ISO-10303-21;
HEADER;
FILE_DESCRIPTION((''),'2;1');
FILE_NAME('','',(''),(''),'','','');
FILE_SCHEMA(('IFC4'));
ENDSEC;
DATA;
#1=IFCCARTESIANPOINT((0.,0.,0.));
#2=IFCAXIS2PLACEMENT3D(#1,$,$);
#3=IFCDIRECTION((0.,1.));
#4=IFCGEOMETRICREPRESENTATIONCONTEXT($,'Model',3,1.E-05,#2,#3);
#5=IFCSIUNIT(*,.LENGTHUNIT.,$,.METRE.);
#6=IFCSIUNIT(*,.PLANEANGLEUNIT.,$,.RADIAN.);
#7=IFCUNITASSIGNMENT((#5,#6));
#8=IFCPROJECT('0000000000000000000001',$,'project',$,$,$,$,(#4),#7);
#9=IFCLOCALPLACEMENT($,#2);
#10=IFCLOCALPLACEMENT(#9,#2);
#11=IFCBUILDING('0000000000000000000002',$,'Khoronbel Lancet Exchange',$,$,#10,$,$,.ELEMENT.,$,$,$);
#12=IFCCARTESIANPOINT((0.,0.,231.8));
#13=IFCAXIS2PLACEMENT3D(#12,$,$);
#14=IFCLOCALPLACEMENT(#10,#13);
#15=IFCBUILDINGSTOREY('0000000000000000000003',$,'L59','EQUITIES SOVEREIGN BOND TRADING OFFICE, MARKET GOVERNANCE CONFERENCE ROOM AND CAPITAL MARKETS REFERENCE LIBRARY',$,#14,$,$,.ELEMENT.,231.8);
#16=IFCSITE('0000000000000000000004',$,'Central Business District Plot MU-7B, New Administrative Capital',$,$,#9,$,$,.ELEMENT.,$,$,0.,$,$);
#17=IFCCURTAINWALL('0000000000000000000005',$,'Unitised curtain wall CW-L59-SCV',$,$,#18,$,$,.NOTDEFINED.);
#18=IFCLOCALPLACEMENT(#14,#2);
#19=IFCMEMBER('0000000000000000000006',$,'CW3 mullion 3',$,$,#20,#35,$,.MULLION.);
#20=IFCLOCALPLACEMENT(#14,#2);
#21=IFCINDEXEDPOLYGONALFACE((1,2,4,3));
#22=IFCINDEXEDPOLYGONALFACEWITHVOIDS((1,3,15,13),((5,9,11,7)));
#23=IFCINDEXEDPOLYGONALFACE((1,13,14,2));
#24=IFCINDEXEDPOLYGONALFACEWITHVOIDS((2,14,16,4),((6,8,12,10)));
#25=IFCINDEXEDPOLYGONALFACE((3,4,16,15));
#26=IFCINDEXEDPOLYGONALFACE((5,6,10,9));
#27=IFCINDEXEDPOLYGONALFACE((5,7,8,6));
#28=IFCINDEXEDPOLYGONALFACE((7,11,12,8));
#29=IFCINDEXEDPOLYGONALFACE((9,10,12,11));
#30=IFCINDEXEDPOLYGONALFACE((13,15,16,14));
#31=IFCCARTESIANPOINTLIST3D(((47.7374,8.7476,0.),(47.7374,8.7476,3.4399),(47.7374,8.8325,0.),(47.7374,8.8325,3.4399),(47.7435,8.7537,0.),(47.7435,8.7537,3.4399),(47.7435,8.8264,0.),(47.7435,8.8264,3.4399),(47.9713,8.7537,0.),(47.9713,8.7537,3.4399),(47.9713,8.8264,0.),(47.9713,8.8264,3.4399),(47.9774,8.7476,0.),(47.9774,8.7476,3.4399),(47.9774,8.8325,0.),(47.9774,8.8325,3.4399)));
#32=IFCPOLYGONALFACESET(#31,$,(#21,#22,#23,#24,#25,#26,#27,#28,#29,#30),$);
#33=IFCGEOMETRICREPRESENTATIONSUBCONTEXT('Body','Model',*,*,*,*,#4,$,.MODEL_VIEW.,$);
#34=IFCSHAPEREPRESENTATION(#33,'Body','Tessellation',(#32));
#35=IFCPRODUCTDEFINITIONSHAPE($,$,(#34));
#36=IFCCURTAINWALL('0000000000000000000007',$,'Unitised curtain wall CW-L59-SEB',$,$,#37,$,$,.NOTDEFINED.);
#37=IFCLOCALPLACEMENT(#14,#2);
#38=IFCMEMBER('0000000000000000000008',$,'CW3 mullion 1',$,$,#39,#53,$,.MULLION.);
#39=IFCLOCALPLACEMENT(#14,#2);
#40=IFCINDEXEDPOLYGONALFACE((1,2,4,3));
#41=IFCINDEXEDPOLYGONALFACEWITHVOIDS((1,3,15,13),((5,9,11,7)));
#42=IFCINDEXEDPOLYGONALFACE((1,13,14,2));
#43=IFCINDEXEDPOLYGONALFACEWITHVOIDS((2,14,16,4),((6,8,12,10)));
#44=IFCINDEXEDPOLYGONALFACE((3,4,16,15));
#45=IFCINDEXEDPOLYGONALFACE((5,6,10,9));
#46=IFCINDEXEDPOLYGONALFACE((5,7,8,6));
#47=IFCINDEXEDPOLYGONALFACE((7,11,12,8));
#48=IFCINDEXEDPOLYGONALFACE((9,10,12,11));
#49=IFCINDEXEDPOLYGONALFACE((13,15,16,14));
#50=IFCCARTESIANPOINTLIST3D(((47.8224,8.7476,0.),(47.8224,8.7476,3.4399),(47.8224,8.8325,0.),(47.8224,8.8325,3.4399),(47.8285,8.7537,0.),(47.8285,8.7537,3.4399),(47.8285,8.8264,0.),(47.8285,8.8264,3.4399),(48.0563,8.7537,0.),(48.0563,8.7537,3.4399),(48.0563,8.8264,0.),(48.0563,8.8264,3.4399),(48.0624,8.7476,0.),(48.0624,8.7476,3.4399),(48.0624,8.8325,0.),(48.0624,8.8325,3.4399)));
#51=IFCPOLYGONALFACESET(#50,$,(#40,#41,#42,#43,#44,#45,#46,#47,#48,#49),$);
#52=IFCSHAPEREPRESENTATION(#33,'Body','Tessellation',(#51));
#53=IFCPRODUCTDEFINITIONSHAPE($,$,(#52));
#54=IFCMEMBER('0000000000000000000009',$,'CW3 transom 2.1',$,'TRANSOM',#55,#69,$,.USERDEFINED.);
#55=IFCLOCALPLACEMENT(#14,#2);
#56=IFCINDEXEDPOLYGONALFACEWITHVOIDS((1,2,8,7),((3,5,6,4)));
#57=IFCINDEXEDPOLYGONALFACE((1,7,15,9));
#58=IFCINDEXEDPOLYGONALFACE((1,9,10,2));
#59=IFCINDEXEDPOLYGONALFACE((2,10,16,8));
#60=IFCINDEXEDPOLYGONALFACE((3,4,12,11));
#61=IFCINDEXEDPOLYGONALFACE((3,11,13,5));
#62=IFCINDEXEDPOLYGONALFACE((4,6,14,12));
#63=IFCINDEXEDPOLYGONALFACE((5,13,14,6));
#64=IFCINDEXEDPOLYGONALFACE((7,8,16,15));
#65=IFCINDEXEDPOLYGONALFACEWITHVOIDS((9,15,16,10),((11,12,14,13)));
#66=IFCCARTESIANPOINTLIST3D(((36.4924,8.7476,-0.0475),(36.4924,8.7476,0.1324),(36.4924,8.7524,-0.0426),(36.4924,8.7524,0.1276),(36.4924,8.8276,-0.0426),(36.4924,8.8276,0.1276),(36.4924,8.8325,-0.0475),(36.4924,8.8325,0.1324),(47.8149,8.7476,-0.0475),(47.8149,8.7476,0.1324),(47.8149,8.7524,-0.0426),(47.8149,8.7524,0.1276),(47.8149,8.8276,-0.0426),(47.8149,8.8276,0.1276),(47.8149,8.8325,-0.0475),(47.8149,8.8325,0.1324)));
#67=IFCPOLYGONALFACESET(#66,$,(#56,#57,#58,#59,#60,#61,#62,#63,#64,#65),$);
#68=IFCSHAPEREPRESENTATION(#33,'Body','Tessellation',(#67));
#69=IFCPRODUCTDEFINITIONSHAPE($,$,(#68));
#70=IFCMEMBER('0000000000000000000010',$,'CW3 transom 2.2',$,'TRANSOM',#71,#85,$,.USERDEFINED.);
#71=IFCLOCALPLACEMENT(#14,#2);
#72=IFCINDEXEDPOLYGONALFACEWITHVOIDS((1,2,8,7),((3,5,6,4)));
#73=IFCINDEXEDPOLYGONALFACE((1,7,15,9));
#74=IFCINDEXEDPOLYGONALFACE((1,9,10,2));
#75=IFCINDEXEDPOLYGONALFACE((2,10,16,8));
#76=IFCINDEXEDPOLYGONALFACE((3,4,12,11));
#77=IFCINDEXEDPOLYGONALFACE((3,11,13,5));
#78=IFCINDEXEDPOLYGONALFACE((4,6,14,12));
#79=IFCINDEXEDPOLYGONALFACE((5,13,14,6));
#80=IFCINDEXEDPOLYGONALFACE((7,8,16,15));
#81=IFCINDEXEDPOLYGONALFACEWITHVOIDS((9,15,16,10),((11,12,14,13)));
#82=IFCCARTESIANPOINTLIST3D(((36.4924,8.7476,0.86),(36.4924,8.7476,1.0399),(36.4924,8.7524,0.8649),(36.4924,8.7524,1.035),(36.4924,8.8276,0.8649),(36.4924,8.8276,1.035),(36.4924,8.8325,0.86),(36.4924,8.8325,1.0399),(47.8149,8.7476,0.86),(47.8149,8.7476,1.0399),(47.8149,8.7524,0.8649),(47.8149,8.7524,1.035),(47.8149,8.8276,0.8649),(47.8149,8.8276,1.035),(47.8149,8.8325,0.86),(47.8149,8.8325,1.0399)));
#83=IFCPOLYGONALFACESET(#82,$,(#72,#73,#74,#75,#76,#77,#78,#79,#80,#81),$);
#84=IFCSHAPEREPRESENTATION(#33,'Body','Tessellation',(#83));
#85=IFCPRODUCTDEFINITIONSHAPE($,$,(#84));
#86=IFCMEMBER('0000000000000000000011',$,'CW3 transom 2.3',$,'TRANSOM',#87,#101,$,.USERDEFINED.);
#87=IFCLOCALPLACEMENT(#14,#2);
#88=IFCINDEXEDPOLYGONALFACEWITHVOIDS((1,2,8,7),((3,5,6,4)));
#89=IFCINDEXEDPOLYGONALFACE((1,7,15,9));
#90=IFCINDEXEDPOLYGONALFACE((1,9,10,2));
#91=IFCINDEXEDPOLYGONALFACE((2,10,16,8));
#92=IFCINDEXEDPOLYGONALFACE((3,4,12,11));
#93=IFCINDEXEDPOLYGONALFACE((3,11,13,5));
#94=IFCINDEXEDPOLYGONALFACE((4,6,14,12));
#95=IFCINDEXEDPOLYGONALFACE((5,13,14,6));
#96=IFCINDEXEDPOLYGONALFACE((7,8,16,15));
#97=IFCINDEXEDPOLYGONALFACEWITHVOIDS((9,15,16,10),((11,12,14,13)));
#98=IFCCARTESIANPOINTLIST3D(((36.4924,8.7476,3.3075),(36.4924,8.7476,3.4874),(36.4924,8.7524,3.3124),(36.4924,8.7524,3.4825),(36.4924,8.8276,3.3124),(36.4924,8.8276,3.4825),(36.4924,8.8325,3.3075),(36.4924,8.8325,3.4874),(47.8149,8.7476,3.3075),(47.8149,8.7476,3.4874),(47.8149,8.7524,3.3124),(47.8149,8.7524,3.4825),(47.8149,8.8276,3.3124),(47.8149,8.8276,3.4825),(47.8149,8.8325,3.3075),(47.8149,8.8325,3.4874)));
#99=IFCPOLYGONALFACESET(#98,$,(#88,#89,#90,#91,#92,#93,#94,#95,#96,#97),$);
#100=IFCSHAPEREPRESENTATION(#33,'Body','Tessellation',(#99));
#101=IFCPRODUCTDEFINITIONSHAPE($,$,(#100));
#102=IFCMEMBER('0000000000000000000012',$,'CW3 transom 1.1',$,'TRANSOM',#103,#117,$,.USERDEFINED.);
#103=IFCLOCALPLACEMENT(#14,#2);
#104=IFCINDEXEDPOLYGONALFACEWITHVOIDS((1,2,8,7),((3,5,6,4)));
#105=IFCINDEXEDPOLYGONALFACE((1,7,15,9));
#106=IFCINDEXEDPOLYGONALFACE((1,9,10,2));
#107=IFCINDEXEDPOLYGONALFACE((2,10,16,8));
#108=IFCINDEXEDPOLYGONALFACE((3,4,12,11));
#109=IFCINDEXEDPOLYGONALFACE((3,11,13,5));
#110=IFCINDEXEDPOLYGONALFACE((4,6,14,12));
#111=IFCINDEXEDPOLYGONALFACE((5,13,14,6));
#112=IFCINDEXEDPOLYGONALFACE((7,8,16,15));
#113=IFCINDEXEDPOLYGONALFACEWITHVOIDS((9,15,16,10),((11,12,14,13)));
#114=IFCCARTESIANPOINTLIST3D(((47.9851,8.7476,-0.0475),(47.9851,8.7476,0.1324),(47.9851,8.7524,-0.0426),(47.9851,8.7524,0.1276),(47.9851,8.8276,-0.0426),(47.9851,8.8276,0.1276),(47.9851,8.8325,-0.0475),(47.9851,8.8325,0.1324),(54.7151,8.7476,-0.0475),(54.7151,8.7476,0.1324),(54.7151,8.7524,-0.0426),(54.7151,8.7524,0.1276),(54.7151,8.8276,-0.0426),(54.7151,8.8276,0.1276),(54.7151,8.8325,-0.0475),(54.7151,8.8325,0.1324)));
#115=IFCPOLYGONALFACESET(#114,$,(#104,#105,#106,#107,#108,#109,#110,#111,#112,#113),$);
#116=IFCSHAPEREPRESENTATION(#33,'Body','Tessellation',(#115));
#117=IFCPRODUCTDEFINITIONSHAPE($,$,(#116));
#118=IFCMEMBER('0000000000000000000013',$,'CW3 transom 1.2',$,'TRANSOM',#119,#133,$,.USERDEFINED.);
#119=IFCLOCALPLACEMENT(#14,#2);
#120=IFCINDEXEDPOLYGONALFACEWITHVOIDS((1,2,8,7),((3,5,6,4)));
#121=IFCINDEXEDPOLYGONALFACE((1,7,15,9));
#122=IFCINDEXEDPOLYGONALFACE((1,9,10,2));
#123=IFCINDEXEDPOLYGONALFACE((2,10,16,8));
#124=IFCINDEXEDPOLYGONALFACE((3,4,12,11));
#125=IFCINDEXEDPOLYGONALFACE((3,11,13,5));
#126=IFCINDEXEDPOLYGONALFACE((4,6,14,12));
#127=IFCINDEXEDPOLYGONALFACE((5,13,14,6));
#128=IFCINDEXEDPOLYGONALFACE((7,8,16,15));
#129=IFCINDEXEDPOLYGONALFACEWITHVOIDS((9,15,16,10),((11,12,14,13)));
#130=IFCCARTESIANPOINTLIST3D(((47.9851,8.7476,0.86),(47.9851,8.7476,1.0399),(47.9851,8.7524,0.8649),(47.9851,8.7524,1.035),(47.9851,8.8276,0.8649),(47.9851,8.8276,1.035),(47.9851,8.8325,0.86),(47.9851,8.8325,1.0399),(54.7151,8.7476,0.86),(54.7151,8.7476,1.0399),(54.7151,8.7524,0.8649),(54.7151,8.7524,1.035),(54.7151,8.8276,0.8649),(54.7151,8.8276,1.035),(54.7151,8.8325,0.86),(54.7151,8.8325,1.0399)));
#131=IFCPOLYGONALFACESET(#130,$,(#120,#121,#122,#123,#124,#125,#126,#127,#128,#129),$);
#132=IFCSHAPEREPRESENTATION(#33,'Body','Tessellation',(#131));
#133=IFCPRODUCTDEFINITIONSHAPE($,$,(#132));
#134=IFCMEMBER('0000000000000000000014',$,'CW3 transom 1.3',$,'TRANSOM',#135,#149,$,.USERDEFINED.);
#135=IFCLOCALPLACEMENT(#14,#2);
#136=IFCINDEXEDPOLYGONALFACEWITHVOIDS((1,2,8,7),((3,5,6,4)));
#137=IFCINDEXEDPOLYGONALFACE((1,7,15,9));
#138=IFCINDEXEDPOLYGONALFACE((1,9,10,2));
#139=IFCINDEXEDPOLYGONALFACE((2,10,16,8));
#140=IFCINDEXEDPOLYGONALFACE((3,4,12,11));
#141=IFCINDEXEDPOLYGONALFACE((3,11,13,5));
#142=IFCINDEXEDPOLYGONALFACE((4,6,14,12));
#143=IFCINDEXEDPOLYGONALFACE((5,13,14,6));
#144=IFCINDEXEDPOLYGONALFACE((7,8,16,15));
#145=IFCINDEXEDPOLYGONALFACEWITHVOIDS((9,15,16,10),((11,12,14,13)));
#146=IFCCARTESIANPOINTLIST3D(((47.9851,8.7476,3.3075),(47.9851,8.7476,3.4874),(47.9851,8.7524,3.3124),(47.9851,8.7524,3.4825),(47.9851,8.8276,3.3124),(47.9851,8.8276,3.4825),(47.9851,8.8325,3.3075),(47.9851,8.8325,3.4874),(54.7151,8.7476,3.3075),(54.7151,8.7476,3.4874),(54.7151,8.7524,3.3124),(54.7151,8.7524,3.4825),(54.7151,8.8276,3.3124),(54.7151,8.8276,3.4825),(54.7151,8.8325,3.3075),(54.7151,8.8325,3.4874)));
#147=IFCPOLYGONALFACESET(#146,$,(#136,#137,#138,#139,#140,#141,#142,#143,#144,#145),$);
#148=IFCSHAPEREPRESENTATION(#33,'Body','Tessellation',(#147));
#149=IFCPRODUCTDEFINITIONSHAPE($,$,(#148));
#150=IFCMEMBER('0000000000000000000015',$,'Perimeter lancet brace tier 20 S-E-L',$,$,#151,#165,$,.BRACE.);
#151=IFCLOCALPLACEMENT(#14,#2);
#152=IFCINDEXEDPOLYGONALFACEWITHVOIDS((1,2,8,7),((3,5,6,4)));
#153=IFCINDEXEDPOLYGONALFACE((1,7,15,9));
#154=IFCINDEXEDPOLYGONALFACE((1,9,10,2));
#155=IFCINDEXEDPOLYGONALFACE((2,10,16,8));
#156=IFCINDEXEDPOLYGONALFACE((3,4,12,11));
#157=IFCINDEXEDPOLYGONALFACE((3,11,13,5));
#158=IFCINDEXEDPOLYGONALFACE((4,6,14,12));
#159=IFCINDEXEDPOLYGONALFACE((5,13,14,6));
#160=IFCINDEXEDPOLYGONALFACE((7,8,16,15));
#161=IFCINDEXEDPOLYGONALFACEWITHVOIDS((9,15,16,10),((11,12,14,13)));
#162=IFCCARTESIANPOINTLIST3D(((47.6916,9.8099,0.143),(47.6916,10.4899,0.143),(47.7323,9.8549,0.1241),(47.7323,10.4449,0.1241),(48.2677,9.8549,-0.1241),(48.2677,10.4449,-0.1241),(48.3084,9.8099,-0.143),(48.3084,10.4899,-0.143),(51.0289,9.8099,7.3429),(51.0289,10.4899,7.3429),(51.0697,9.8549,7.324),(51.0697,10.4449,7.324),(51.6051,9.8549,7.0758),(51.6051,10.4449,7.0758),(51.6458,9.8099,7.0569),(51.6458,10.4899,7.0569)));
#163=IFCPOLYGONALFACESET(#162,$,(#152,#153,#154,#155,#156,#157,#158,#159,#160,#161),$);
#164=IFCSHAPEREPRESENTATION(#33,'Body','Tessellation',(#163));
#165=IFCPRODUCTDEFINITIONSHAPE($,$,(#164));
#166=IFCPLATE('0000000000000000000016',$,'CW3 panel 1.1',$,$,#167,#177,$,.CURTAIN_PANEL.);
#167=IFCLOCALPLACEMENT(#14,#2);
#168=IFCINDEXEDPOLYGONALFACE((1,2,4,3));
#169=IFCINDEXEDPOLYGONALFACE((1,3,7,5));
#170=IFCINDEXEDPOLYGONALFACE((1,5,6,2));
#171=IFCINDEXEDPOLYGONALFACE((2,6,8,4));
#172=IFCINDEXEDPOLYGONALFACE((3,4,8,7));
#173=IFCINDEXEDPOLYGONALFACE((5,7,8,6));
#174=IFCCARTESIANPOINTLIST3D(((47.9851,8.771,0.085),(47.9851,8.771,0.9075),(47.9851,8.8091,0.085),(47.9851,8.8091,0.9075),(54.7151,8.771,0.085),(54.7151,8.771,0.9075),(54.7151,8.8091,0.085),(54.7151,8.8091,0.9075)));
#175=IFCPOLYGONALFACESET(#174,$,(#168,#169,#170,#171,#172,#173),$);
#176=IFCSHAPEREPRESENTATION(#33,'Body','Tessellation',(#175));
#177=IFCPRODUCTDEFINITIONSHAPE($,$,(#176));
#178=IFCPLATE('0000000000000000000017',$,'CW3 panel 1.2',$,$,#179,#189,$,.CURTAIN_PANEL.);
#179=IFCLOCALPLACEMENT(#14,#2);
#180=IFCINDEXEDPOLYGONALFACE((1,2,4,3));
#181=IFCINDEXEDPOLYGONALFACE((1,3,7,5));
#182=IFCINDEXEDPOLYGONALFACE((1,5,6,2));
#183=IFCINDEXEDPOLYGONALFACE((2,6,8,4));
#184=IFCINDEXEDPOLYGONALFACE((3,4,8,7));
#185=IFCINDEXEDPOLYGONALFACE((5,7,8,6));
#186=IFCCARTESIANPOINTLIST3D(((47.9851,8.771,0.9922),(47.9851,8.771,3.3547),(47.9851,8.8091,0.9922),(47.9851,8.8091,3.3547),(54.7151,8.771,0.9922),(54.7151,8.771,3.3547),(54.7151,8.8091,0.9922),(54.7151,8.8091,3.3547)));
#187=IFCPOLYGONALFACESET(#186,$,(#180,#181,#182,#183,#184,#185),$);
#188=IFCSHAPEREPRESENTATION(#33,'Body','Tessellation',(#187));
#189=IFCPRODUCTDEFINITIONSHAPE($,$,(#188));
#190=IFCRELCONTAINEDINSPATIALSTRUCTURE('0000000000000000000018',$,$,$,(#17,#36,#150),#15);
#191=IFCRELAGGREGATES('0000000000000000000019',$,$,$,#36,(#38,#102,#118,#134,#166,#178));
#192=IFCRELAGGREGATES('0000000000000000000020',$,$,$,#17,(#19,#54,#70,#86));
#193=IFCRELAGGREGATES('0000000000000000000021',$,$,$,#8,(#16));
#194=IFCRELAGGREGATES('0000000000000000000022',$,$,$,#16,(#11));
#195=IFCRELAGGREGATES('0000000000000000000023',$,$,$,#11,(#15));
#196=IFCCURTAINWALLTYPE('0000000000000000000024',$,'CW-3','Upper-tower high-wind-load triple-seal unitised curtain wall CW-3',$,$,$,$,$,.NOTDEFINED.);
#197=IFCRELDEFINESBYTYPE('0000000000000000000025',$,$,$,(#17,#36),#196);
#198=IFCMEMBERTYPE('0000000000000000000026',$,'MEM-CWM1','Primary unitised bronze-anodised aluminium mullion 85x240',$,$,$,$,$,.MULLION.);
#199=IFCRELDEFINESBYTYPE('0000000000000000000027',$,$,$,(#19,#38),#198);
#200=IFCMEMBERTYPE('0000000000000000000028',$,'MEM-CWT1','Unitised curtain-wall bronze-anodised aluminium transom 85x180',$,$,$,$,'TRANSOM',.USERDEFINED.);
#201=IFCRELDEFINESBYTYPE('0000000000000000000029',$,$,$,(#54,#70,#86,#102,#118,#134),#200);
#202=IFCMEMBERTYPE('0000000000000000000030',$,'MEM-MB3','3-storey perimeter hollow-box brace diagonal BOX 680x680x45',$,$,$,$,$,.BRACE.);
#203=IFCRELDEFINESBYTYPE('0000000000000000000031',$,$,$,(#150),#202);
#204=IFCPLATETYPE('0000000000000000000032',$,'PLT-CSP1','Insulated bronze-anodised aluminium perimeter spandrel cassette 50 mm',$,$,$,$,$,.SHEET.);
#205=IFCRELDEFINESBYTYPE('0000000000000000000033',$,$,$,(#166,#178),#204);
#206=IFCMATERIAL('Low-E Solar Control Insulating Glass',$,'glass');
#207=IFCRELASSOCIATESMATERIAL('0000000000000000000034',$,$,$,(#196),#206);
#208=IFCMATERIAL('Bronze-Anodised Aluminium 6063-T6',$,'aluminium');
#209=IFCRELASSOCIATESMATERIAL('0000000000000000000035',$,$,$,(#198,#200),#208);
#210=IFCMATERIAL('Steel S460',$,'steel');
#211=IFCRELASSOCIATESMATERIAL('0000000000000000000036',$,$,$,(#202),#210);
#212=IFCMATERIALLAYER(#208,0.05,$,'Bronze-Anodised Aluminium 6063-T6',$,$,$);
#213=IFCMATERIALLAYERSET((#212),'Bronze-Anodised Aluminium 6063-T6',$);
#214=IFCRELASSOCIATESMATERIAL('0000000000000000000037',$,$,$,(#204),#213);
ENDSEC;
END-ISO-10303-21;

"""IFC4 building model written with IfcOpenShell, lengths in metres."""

from ifc_helpers import new_model, si_unit, direction, frame, origin, origin_2d, place, context, subcontext, project, spatial, rectangle, hollow_rectangle, extrude, material, layer, layer_set, material_profile, profile_set, type_object, element, aggregate, save


model = new_model("IFC4")

# Units and contexts
model_context = context("Model", 3, precision=1e-05, world=origin(), true_north=direction((0.0, 1.0)))
body_context = subcontext(model_context, "Body", "Model", "MODEL_VIEW")
ifc_project = project(units=[si_unit("LENGTHUNIT", "METRE"), si_unit("PLANEANGLEUNIT", "RADIAN")], contexts=[model_context])

# Site, building, storey
site_placement = place(None, origin())
site = spatial("IfcSite", under=ifc_project, at=site_placement, Name="Central Business District Plot MU-7B, New Administrative Capital", CompositionType="ELEMENT", RefElevation=0.0)
building_placement = place(site_placement, origin())
building = spatial("IfcBuilding", under=site, at=building_placement, Name="Khoronbel Lancet Exchange", CompositionType="ELEMENT")
storey_placement = place(building_placement, frame((0.0, 0.0, 231.8)))
storey = spatial("IfcBuildingStorey", under=building, at=storey_placement, Name="L59", Description="EQUITIES SOVEREIGN BOND TRADING OFFICE, MARKET GOVERNANCE CONFERENCE ROOM AND CAPITAL MARKETS REFERENCE LIBRARY", CompositionType="ELEMENT", Elevation=231.8)

# Shared definitions
ifc_material_1 = material(Name="Steel S460", Category="steel")

# Curtain wall, member
ifc_material_2 = material(Name="Low-E Solar Control Insulating Glass", Category="glass")
curtain_wall_type = type_object("IfcCurtainWallType", Name="CW-3", Description="Upper-tower high-wind-load triple-seal unitised curtain wall CW-3", PredefinedType="NOTDEFINED", material=ifc_material_2)
curtain_wall_1_placement = place(storey_placement, origin())
curtain_wall_1 = element("IfcCurtainWall", 1, at=curtain_wall_1_placement, inside=storey, type_object=curtain_wall_type, Name="Unitised curtain wall CW-L59-SCV", PredefinedType="NOTDEFINED")
ifc_material_3 = material(Name="Bronze-Anodised Aluminium 6063-T6", Category="aluminium")
ifc_material_profile_1 = material_profile(ifc_material_3, hollow_rectangle(XDim=0.085, YDim=0.24, WallThickness=0.0061, at=origin_2d()), Name="ALU MULLION 85x240")
ifc_profile_set_1 = profile_set([ifc_material_profile_1], Name="Bronze-Anodised Aluminium 6063-T6")
member_type_1 = type_object("IfcMemberType", Name="MEM-CWM1", Description="Primary unitised bronze-anodised aluminium mullion 85x240", PredefinedType="MULLION", material=ifc_profile_set_1)
member_1_placement = place(storey_placement, frame((47.8574, 8.79, 0.0), z_axis=(0.0, 0.0, 1.0), x_axis=(0.0, 1.0, 0.0)))
member_1 = element("IfcMember", 2, at=member_1_placement, type_object=member_type_1, Name="CW3 mullion 3", PredefinedType="MULLION", context=body_context, shape_type="SweptSolid", body=[
    extrude(hollow_rectangle(XDim=0.085, YDim=0.24, WallThickness=0.0061, at=origin_2d()), origin(), (0.0, 0.0, 1.0), 3.4399),
])

# Curtain wall, member
curtain_wall_2_placement = place(storey_placement, origin())
curtain_wall_2 = element("IfcCurtainWall", 3, at=curtain_wall_2_placement, inside=storey, type_object=curtain_wall_type, Name="Unitised curtain wall CW-L59-SEB", PredefinedType="NOTDEFINED")
member_2_placement = place(storey_placement, frame((47.9424, 8.79, 0.0), z_axis=(0.0, 0.0, 1.0), x_axis=(0.0, 1.0, 0.0)))
member_2 = element("IfcMember", 4, at=member_2_placement, type_object=member_type_1, Name="CW3 mullion 1", PredefinedType="MULLION", context=body_context, shape_type="SweptSolid", body=[
    extrude(hollow_rectangle(XDim=0.085, YDim=0.24, WallThickness=0.0061, at=origin_2d()), origin(), (0.0, 0.0, 1.0), 3.4399),
])

# Members
ifc_material_profile_2 = material_profile(ifc_material_3, hollow_rectangle(XDim=0.085, YDim=0.1799, WallThickness=0.0049, at=origin_2d()), Name="ALU TRANSOM 85x180")
ifc_profile_set_2 = profile_set([ifc_material_profile_2], Name="Bronze-Anodised Aluminium 6063-T6")
member_type_2 = type_object("IfcMemberType", Name="MEM-CWT1", Description="Unitised curtain-wall bronze-anodised aluminium transom 85x180", ElementType="TRANSOM", PredefinedType="USERDEFINED", material=ifc_profile_set_2)
member_3_placement = place(storey_placement, frame((36.4924, 8.79, 0.0425), z_axis=(1.0, 0.0, 0.0), x_axis=(0.0, 1.0, 0.0)))
member_3 = element("IfcMember", 5, at=member_3_placement, type_object=member_type_2, Name="CW3 transom 2.1", ObjectType="TRANSOM", PredefinedType="USERDEFINED", context=body_context, shape_type="SweptSolid", body=[
    extrude(hollow_rectangle(XDim=0.085, YDim=0.1799, WallThickness=0.0049, at=origin_2d()), origin(), (0.0, 0.0, 1.0), 11.3225),
])
member_4_placement = place(storey_placement, frame((36.4924, 8.79, 0.95), z_axis=(1.0, 0.0, 0.0), x_axis=(0.0, 1.0, 0.0)))
member_4 = element("IfcMember", 6, at=member_4_placement, type_object=member_type_2, Name="CW3 transom 2.2", ObjectType="TRANSOM", PredefinedType="USERDEFINED", context=body_context, shape_type="SweptSolid", body=[
    extrude(hollow_rectangle(XDim=0.085, YDim=0.1799, WallThickness=0.0049, at=origin_2d()), origin(), (0.0, 0.0, 1.0), 11.3225),
])
member_5_placement = place(storey_placement, frame((36.4924, 8.79, 3.3975), z_axis=(1.0, 0.0, 0.0), x_axis=(0.0, 1.0, 0.0)))
member_5 = element("IfcMember", 7, at=member_5_placement, type_object=member_type_2, Name="CW3 transom 2.3", ObjectType="TRANSOM", PredefinedType="USERDEFINED", context=body_context, shape_type="SweptSolid", body=[
    extrude(hollow_rectangle(XDim=0.085, YDim=0.1799, WallThickness=0.0049, at=origin_2d()), origin(), (0.0, 0.0, 1.0), 11.3225),
])
member_6_placement = place(storey_placement, frame((47.9851, 8.79, 0.0425), z_axis=(1.0, 0.0, 0.0), x_axis=(0.0, 1.0, 0.0)))
member_6 = element("IfcMember", 8, at=member_6_placement, type_object=member_type_2, Name="CW3 transom 1.1", ObjectType="TRANSOM", PredefinedType="USERDEFINED", context=body_context, shape_type="SweptSolid", body=[
    extrude(hollow_rectangle(XDim=0.085, YDim=0.1799, WallThickness=0.0049, at=origin_2d()), origin(), (0.0, 0.0, 1.0), 6.73),
])
member_7_placement = place(storey_placement, frame((47.9851, 8.79, 0.95), z_axis=(1.0, 0.0, 0.0), x_axis=(0.0, 1.0, 0.0)))
member_7 = element("IfcMember", 9, at=member_7_placement, type_object=member_type_2, Name="CW3 transom 1.2", ObjectType="TRANSOM", PredefinedType="USERDEFINED", context=body_context, shape_type="SweptSolid", body=[
    extrude(hollow_rectangle(XDim=0.085, YDim=0.1799, WallThickness=0.0049, at=origin_2d()), origin(), (0.0, 0.0, 1.0), 6.73),
])
member_8_placement = place(storey_placement, frame((47.9851, 8.79, 3.3975), z_axis=(1.0, 0.0, 0.0), x_axis=(0.0, 1.0, 0.0)))
member_8 = element("IfcMember", 10, at=member_8_placement, type_object=member_type_2, Name="CW3 transom 1.3", ObjectType="TRANSOM", PredefinedType="USERDEFINED", context=body_context, shape_type="SweptSolid", body=[
    extrude(hollow_rectangle(XDim=0.085, YDim=0.1799, WallThickness=0.0049, at=origin_2d()), origin(), (0.0, 0.0, 1.0), 6.73),
])
ifc_material_profile_3 = material_profile(ifc_material_1, hollow_rectangle(XDim=0.6799, YDim=0.6799, WallThickness=0.0449, at=origin_2d()), Name="BOX 680x680x45")
ifc_profile_set_3 = profile_set([ifc_material_profile_3], Name="Steel S460")
member_type_3 = type_object("IfcMemberType", Name="MEM-MB3", Description="3-storey perimeter hollow-box brace diagonal BOX 680x680x45", PredefinedType="BRACE", material=ifc_profile_set_3)
member_9_placement = place(storey_placement, frame((48.0, 10.1499, 0.0), z_axis=(0.420548, 0.0, 0.90727), x_axis=(0.0, 1.0, 0.0)))
element("IfcMember", 11, at=member_9_placement, inside=storey, type_object=member_type_3, Name="Perimeter lancet brace tier 20 S-E-L", PredefinedType="BRACE", context=body_context, shape_type="SweptSolid", body=[
    extrude(hollow_rectangle(XDim=0.6799, YDim=0.6799, WallThickness=0.0449, at=origin_2d()), origin(), (0.0, 0.0, 1.0), 7.9358),
])

# Plates
ifc_layer_1 = layer(ifc_material_3, 0.05, Name="Bronze-Anodised Aluminium 6063-T6")
ifc_layer_set_1 = layer_set([ifc_layer_1], Name="Bronze-Anodised Aluminium 6063-T6")
plate_type_1 = type_object("IfcPlateType", Name="PLT-CSP1", Description="Insulated bronze-anodised aluminium perimeter spandrel cassette 50 mm", PredefinedType="SHEET", material=ifc_layer_set_1)
plate_1_placement = place(storey_placement, frame((51.3501, 8.79, 0.085), z_axis=(0.0, 0.0, 1.0), x_axis=(1.0, 0.0, 0.0)))
plate_1 = element("IfcPlate", 12, at=plate_1_placement, type_object=plate_type_1, Name="CW3 panel 1.1", PredefinedType="CURTAIN_PANEL", context=body_context, shape_type="SweptSolid", body=[
    extrude(rectangle(XDim=6.73, YDim=0.0381, at=origin_2d()), origin(), (0.0, 0.0, 1.0), 0.8225),
])
plate_2_placement = place(storey_placement, frame((51.3501, 8.79, 0.9922), z_axis=(0.0, 0.0, 1.0), x_axis=(1.0, 0.0, 0.0)))
plate_2 = element("IfcPlate", 13, at=plate_2_placement, type_object=plate_type_1, Name="CW3 panel 1.2", PredefinedType="CURTAIN_PANEL", context=body_context, shape_type="SweptSolid", body=[
    extrude(rectangle(XDim=6.73, YDim=0.0381, at=origin_2d()), origin(), (0.0, 0.0, 1.0), 2.3625),
])
aggregate(curtain_wall_2, [member_2, member_6, member_7, member_8, plate_1, plate_2])
aggregate(curtain_wall_1, [member_1, member_3, member_4, member_5])

save(model, "model.ifc")
